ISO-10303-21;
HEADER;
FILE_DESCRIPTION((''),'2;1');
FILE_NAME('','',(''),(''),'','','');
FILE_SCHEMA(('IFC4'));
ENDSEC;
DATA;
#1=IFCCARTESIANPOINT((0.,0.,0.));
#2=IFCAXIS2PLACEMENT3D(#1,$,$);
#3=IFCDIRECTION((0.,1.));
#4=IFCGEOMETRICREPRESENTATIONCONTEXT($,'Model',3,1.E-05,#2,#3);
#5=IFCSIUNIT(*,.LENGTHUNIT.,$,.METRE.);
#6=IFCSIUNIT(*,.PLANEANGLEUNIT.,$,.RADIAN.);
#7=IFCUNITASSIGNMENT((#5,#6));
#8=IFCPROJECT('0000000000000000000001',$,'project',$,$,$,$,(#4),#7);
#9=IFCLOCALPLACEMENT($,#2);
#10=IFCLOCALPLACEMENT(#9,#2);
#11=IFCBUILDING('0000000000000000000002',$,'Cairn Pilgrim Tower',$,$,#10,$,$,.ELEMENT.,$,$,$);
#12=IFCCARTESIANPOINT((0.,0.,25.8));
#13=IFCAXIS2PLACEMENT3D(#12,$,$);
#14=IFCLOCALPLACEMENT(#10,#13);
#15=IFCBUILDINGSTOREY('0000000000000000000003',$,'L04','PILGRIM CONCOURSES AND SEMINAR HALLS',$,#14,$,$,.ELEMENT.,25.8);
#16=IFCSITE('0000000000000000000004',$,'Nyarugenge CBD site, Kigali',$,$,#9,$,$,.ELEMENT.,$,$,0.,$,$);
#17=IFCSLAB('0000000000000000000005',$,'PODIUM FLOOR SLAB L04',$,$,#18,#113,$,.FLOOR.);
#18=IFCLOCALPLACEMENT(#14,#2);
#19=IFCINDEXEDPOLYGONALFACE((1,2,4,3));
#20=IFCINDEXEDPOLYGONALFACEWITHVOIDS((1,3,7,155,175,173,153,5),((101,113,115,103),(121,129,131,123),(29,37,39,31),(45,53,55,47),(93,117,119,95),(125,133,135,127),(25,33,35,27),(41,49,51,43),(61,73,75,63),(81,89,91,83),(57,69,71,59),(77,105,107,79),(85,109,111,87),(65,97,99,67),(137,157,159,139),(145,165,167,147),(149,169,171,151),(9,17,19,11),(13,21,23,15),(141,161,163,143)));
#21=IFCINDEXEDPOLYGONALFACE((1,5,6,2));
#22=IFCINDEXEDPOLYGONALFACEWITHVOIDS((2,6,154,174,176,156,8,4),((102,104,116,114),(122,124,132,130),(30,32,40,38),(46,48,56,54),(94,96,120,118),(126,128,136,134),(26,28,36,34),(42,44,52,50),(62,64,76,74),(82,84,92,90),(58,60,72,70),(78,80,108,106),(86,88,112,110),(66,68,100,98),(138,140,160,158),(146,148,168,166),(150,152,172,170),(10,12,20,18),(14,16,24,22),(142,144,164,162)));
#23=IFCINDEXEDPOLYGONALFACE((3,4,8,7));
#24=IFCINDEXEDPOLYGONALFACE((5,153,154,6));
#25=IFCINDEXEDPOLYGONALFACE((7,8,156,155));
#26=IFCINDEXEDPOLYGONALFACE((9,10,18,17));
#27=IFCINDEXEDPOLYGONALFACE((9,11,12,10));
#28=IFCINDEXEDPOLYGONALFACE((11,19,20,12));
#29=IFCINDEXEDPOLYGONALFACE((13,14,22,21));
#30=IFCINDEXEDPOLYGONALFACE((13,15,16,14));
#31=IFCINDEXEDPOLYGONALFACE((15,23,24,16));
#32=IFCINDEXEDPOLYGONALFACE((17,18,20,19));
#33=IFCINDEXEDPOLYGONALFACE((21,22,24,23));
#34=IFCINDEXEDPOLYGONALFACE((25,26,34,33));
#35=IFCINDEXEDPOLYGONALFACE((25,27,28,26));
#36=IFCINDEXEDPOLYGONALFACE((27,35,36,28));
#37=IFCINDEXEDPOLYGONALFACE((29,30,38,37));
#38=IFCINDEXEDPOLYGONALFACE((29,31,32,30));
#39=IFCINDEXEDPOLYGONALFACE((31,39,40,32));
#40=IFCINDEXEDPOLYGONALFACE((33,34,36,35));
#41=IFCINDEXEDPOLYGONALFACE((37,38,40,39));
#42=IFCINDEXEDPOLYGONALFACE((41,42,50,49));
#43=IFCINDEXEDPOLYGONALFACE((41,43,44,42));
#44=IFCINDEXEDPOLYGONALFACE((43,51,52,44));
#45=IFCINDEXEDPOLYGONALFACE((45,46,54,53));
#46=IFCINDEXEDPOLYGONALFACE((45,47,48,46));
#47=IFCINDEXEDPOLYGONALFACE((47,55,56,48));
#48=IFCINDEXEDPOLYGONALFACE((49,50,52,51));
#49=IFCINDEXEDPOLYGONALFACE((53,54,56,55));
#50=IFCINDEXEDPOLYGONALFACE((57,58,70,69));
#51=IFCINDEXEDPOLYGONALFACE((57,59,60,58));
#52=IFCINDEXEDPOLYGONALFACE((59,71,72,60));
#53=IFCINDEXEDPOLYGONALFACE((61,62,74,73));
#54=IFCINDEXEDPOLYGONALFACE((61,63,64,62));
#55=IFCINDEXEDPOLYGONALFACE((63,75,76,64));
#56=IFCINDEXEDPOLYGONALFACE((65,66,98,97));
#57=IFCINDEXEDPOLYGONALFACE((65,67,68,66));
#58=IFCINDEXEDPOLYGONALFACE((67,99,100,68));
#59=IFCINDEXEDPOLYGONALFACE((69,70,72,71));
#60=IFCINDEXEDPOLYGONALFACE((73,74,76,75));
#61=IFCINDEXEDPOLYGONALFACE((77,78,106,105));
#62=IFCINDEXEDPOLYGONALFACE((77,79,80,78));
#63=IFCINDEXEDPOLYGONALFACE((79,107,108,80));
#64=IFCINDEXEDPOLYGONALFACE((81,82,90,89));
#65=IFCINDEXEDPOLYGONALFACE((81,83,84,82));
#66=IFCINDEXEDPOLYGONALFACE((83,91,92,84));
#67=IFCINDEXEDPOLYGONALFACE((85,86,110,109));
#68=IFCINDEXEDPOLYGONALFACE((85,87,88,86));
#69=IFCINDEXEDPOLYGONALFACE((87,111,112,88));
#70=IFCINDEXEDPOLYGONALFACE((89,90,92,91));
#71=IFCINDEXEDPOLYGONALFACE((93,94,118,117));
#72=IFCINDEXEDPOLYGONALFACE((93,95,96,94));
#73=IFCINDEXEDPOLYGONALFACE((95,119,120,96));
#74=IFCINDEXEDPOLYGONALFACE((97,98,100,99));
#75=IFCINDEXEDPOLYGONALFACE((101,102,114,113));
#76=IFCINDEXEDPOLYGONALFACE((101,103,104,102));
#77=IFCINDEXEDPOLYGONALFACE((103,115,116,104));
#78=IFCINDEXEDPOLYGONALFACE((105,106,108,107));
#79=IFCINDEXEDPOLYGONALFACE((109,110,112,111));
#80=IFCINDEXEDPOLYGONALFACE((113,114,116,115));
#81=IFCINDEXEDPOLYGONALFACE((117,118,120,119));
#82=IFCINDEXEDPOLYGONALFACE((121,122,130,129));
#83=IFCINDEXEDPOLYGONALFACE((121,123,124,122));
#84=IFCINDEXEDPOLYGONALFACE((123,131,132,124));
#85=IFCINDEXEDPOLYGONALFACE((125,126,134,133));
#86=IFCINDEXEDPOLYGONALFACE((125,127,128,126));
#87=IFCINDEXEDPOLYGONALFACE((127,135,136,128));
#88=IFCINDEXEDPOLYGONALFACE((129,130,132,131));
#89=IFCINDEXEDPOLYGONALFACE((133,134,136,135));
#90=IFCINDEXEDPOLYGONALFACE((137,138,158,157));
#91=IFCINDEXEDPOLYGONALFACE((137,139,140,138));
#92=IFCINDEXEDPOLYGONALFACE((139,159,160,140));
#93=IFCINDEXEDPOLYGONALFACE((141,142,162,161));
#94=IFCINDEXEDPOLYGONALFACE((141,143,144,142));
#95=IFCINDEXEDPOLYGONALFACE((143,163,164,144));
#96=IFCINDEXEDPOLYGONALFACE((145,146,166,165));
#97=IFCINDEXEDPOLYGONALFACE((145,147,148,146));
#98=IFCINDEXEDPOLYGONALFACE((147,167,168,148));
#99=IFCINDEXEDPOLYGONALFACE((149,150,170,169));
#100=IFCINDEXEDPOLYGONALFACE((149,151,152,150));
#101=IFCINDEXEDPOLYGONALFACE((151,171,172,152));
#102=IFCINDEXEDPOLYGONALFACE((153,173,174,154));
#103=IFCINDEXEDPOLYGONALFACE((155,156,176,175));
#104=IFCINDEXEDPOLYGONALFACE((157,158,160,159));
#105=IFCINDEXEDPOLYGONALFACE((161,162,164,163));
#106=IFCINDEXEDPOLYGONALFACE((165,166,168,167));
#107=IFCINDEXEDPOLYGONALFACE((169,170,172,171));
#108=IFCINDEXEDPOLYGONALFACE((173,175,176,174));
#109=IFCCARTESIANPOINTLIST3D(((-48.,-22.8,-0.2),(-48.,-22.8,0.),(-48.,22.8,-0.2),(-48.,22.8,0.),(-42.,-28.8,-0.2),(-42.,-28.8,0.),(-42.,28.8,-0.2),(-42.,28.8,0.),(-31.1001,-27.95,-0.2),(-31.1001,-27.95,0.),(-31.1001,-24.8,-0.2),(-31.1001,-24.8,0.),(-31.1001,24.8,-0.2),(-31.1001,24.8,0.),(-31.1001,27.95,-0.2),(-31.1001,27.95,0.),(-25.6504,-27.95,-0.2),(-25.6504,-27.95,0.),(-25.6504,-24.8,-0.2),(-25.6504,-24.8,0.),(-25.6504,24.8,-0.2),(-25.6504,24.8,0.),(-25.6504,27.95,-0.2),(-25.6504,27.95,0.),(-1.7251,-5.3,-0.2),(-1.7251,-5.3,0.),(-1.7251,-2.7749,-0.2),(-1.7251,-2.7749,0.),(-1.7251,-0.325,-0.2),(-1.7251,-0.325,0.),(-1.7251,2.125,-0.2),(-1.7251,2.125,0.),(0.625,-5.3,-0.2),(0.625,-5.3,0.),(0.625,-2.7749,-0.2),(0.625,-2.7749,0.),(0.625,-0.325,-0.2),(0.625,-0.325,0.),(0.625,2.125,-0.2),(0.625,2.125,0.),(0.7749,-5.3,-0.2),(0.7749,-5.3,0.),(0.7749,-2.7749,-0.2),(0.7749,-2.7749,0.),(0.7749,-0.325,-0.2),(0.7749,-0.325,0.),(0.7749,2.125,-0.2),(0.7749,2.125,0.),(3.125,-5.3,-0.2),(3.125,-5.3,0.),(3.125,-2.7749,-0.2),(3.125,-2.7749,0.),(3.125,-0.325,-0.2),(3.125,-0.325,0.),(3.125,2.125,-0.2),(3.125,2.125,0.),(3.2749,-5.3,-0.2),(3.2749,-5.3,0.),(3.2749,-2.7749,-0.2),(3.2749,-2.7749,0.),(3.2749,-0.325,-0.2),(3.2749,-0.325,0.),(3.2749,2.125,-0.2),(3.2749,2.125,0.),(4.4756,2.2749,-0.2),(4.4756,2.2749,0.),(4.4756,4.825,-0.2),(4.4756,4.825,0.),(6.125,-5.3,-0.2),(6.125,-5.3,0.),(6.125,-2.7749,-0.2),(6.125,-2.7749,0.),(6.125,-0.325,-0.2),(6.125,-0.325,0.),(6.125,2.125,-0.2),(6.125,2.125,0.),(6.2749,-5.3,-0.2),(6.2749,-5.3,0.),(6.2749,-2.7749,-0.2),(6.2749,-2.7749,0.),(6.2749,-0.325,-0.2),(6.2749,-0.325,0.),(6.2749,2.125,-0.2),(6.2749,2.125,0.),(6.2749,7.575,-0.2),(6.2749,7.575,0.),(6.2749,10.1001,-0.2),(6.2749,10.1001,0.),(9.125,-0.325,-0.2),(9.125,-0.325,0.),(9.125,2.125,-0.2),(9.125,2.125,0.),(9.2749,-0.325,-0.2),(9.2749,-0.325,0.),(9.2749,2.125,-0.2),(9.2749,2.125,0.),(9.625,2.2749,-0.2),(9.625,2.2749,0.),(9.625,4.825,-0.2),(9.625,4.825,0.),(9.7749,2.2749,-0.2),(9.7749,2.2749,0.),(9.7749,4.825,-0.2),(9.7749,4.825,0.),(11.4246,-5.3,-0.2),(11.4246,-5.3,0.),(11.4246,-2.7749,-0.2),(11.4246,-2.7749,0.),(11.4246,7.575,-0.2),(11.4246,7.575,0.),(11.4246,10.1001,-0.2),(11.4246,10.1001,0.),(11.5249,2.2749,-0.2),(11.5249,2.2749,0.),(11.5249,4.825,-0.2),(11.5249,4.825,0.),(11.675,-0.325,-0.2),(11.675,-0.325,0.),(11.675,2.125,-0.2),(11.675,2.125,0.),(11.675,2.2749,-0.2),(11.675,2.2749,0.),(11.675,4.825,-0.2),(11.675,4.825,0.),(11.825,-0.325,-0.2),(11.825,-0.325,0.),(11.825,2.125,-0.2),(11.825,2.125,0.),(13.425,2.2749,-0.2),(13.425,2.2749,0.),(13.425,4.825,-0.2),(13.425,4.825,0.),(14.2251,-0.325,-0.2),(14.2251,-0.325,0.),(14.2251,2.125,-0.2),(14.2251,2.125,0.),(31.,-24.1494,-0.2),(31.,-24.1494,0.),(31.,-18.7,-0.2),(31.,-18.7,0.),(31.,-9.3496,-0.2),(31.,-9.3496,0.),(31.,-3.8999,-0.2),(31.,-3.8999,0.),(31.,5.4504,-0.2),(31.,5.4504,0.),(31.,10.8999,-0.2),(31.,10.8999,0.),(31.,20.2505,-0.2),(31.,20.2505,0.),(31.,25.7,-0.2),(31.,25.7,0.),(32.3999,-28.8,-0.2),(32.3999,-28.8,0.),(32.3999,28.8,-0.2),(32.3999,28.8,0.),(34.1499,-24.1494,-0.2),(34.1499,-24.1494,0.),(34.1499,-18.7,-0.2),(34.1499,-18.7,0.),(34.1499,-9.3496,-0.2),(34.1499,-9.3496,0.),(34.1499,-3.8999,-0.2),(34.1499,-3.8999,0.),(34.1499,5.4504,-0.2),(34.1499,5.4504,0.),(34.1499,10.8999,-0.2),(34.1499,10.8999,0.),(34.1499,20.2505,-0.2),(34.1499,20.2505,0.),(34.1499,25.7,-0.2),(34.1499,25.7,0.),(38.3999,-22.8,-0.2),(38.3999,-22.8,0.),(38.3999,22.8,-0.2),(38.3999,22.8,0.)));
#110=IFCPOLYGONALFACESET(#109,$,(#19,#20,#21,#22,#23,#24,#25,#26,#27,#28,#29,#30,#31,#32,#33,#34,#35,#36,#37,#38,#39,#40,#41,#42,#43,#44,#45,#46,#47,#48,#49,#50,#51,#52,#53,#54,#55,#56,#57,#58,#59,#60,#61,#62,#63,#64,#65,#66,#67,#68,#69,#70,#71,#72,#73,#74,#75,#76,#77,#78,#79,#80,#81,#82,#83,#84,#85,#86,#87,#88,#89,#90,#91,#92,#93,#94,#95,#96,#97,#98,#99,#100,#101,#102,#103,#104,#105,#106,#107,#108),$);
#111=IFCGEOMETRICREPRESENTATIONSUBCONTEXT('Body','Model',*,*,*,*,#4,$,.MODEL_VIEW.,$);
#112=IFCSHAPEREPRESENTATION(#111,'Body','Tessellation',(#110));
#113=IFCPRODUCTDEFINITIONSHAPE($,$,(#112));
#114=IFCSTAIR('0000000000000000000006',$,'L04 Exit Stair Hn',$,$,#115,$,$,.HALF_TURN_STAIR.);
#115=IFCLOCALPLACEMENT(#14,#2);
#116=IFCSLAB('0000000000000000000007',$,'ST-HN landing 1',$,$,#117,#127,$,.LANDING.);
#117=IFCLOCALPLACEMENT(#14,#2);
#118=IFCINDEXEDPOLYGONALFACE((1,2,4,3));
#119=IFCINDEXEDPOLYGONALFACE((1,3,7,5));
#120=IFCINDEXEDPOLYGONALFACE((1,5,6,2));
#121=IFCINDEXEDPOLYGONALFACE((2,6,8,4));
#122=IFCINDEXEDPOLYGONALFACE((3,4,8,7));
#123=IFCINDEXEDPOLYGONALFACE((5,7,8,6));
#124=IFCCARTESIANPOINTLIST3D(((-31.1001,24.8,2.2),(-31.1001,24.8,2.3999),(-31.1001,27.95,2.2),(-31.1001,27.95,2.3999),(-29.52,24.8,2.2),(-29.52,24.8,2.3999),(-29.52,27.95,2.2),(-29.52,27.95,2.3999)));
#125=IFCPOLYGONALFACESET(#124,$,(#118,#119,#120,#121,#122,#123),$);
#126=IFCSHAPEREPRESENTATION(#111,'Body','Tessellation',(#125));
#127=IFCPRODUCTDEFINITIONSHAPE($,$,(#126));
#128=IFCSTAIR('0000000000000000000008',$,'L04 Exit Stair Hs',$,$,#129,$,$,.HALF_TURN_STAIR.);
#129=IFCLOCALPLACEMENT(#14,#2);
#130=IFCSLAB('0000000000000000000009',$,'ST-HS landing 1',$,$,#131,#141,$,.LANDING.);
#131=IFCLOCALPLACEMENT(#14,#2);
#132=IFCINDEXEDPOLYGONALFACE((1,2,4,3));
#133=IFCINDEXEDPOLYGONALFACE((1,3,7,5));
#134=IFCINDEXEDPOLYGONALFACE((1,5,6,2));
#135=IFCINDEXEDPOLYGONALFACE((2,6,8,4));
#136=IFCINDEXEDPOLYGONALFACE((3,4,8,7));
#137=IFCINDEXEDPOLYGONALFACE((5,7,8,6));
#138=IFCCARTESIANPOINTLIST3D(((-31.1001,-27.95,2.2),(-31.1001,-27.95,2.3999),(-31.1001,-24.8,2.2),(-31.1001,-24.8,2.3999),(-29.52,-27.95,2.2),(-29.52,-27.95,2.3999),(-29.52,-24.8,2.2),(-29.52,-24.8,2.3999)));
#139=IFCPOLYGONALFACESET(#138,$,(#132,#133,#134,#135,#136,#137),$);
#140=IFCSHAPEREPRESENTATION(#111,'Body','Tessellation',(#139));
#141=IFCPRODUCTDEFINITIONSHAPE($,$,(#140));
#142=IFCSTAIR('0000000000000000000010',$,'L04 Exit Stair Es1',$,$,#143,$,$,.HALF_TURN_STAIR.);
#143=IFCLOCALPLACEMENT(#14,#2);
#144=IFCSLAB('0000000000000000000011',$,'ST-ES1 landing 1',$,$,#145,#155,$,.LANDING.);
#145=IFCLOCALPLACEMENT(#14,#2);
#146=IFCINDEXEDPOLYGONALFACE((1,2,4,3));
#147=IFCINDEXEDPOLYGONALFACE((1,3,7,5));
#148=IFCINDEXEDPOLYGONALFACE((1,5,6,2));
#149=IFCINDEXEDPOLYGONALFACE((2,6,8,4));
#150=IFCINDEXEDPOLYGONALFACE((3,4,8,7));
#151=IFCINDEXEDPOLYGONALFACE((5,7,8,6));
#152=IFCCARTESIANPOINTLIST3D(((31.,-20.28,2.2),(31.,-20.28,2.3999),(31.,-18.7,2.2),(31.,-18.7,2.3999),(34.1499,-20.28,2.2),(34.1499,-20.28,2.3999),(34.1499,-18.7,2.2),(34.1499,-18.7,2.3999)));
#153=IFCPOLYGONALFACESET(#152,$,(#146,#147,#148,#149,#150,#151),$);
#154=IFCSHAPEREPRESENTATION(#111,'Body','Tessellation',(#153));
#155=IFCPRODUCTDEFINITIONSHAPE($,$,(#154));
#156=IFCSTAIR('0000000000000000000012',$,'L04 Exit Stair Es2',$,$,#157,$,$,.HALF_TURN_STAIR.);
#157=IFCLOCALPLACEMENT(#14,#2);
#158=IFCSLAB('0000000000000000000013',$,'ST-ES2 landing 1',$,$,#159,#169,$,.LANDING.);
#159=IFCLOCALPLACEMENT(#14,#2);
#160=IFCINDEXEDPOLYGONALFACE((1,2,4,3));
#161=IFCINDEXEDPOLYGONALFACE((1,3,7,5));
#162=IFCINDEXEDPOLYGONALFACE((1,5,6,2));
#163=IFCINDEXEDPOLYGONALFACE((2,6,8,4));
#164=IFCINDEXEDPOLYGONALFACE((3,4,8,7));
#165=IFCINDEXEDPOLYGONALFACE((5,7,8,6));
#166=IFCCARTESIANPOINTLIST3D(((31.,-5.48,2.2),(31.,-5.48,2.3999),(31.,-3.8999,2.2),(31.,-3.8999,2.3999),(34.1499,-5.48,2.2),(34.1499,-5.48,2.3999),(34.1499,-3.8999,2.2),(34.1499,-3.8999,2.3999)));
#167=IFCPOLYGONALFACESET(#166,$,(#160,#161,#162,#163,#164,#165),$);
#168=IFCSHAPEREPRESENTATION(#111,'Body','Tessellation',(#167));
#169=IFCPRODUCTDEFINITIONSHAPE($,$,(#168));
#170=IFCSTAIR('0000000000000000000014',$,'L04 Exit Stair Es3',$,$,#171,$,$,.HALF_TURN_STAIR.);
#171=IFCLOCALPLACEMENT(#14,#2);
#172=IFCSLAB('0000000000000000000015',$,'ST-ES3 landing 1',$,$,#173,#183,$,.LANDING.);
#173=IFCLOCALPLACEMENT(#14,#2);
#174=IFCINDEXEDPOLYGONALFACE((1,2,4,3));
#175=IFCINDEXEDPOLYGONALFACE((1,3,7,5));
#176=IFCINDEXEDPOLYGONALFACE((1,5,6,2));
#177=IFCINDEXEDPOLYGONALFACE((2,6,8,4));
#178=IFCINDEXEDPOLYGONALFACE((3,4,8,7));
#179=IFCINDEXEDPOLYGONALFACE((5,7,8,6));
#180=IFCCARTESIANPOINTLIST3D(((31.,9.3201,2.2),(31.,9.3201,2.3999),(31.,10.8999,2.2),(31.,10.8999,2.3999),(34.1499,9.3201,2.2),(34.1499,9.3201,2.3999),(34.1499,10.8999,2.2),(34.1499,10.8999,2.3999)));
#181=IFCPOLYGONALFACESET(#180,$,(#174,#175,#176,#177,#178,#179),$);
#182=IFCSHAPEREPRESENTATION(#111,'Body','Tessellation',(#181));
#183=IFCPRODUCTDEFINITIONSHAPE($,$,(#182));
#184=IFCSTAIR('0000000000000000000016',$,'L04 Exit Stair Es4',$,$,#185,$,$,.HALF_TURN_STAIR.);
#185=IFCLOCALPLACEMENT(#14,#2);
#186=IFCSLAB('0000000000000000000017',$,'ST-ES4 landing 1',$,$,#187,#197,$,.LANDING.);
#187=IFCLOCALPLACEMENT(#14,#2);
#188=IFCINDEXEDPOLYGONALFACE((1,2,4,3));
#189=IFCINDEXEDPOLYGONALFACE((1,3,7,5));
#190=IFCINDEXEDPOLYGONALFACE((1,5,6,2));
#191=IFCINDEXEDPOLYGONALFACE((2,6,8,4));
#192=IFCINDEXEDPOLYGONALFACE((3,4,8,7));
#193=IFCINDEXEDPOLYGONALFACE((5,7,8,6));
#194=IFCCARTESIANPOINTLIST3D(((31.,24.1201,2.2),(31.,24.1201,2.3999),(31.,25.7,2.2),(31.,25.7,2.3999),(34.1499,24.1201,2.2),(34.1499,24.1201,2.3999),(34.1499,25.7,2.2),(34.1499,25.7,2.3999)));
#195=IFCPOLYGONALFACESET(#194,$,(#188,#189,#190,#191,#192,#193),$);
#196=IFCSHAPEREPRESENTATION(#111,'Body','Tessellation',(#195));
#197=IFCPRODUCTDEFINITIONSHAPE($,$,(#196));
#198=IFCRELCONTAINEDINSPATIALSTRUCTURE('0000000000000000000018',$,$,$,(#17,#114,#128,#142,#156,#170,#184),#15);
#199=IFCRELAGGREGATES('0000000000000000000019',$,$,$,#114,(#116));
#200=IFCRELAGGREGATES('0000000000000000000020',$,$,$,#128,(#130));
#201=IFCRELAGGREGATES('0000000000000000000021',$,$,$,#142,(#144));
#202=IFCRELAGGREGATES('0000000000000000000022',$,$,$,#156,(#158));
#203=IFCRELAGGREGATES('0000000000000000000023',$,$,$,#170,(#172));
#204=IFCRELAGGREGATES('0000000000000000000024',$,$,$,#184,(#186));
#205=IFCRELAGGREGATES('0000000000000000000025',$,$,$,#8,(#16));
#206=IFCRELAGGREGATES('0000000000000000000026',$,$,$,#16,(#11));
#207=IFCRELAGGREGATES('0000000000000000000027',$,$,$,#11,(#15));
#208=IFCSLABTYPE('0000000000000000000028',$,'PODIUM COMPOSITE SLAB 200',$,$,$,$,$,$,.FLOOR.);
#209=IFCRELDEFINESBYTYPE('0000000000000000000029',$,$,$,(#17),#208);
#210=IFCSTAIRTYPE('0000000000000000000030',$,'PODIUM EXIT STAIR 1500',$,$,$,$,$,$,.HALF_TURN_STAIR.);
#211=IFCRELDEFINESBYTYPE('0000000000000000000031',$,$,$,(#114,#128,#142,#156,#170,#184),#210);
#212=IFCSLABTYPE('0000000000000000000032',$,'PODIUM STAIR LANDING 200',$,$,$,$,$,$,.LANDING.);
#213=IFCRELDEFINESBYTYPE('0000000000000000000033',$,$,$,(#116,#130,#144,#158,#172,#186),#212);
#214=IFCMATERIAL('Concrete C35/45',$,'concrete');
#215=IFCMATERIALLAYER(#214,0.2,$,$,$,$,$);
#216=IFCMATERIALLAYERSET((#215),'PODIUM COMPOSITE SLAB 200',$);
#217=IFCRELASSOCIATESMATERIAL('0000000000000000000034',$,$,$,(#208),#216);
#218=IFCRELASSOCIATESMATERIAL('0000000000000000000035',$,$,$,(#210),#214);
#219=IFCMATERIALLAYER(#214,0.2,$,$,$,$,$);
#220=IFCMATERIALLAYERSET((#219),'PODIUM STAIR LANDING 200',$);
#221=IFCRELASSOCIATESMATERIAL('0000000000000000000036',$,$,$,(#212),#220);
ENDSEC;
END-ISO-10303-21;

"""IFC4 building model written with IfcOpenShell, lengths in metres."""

from ifc_helpers import new_model, si_unit, direction, frame, origin, place, context, subcontext, project, spatial, polyline, outline, extrude, material, layer, layer_set, type_object, element, aggregate, save


model = new_model("IFC4")

# Units and contexts
model_context = context("Model", 3, precision=1e-05, world=origin(), true_north=direction((0.0, 1.0)))
body_context = subcontext(model_context, "Body", "Model", "MODEL_VIEW")
ifc_project = project(units=[si_unit("LENGTHUNIT", "METRE"), si_unit("PLANEANGLEUNIT", "RADIAN")], contexts=[model_context])

# Site, building, storey
site_placement = place(None, origin())
site = spatial("IfcSite", under=ifc_project, at=site_placement, Name="Nyarugenge CBD site, Kigali", CompositionType="ELEMENT", RefElevation=0.0)
building_placement = place(site_placement, origin())
building = spatial("IfcBuilding", under=site, at=building_placement, Name="Cairn Pilgrim Tower", CompositionType="ELEMENT")
storey_placement = place(building_placement, frame((0.0, 0.0, 25.8)))
storey = spatial("IfcBuildingStorey", under=building, at=storey_placement, Name="L04", Description="PILGRIM CONCOURSES AND SEMINAR HALLS", CompositionType="ELEMENT", Elevation=25.8)

# Slab
ifc_material_1 = material(Name="Concrete C35/45", Category="concrete")
ifc_layer_1 = layer(ifc_material_1, 0.2)
ifc_layer_set_1 = layer_set([ifc_layer_1], Name="PODIUM COMPOSITE SLAB 200")
slab_type_1 = type_object("IfcSlabType", Name="PODIUM COMPOSITE SLAB 200", PredefinedType="FLOOR", material=ifc_layer_set_1)
slab_1_placement = place(storey_placement, frame((0.0, 0.0, -0.2)))
element("IfcSlab", 1, at=slab_1_placement, inside=storey, type_object=slab_type_1, Name="PODIUM FLOOR SLAB L04", PredefinedType="FLOOR", context=body_context, shape_type="SweptSolid", body=[
    extrude(outline(polyline([(-42.0, 28.8), (-48.0, 22.8), (-48.0, -22.8), (-42.0, -28.8), (32.3999, -28.8), (38.3999, -22.8), (38.3999, 22.8), (32.3999, 28.8), (-42.0, 28.8)]), holes=[polyline([(-1.7251, -2.7749), (0.625, -2.7749), (0.625, -5.3), (-1.7251, -5.3), (-1.7251, -2.7749)]), polyline([(3.125, -2.7749), (3.125, -5.3), (0.7749, -5.3), (0.7749, -2.7749), (3.125, -2.7749)]), polyline([(0.625, -0.325), (-1.7251, -0.325), (-1.7251, 2.125), (0.625, 2.125), (0.625, -0.325)]), polyline([(0.7749, -0.325), (0.7749, 2.125), (3.125, 2.125), (3.125, -0.325), (0.7749, -0.325)]), polyline([(3.2749, -2.7749), (6.125, -2.7749), (6.125, -5.3), (3.2749, -5.3), (3.2749, -2.7749)]), polyline([(6.125, 2.125), (6.125, -0.325), (3.2749, -0.325), (3.2749, 2.125), (6.125, 2.125)]), polyline([(9.125, -0.325), (6.2749, -0.325), (6.2749, 2.125), (9.125, 2.125), (9.125, -0.325)]), polyline([(9.2749, -0.325), (9.2749, 2.125), (11.675, 2.125), (11.675, -0.325), (9.2749, -0.325)]), polyline([(11.825, 2.125), (14.2251, 2.125), (14.2251, -0.325), (11.825, -0.325), (11.825, 2.125)]), polyline([(11.5249, 4.825), (11.5249, 2.2749), (9.7749, 2.2749), (9.7749, 4.825), (11.5249, 4.825)]), polyline([(13.425, 2.2749), (11.675, 2.2749), (11.675, 4.825), (13.425, 4.825), (13.425, 2.2749)]), polyline([(11.4246, -2.7749), (11.4246, -5.3), (6.2749, -5.3), (6.2749, -2.7749), (11.4246, -2.7749)]), polyline([(4.4756, 4.825), (9.625, 4.825), (9.625, 2.2749), (4.4756, 2.2749), (4.4756, 4.825)]), polyline([(6.2749, 7.575), (6.2749, 10.1001), (11.4246, 10.1001), (11.4246, 7.575), (6.2749, 7.575)]), polyline([(-31.1001, 27.95), (-25.6504, 27.95), (-25.6504, 24.8), (-31.1001, 24.8), (-31.1001, 27.95)]), polyline([(-25.6504, -24.8), (-25.6504, -27.95), (-31.1001, -27.95), (-31.1001, -24.8), (-25.6504, -24.8)]), polyline([(31.0, -24.1494), (31.0, -18.7), (34.1499, -18.7), (34.1499, -24.1494), (31.0, -24.1494)]), polyline([(31.0, -3.8999), (34.1499, -3.8999), (34.1499, -9.3496), (31.0, -9.3496), (31.0, -3.8999)]), polyline([(34.1499, 10.8999), (34.1499, 5.4504), (31.0, 5.4504), (31.0, 10.8999), (34.1499, 10.8999)]), polyline([(34.1499, 20.2505), (31.0, 20.2505), (31.0, 25.7), (34.1499, 25.7), (34.1499, 20.2505)])]), origin(), (0.0, 0.0, 1.0), 0.2),
])

# Stairs, slabs
stair_type = type_object("IfcStairType", Name="PODIUM EXIT STAIR 1500", PredefinedType="HALF_TURN_STAIR", material=ifc_material_1)
stair_1_placement = place(storey_placement, origin())
stair_1 = element("IfcStair", 2, at=stair_1_placement, inside=storey, type_object=stair_type, Name="L04 Exit Stair Hn", PredefinedType="HALF_TURN_STAIR")
ifc_layer_2 = layer(ifc_material_1, 0.2)
ifc_layer_set_2 = layer_set([ifc_layer_2], Name="PODIUM STAIR LANDING 200")
slab_type_2 = type_object("IfcSlabType", Name="PODIUM STAIR LANDING 200", PredefinedType="LANDING", material=ifc_layer_set_2)
slab_2_placement = place(storey_placement, frame((0.0, 0.0, 2.2)))
slab_2 = element("IfcSlab", 3, at=slab_2_placement, type_object=slab_type_2, Name="ST-HN landing 1", PredefinedType="LANDING", context=body_context, shape_type="SweptSolid", body=[
    extrude(outline(polyline([(-29.52, 27.95), (-31.1001, 27.95), (-31.1001, 24.8), (-29.52, 24.8), (-29.52, 27.95)])), origin(), (0.0, 0.0, 1.0), 0.2),
])
aggregate(stair_1, [slab_2])
stair_2_placement = place(storey_placement, origin())
stair_2 = element("IfcStair", 4, at=stair_2_placement, inside=storey, type_object=stair_type, Name="L04 Exit Stair Hs", PredefinedType="HALF_TURN_STAIR")
slab_3_placement = place(storey_placement, frame((0.0, 0.0, 2.2)))
slab_3 = element("IfcSlab", 5, at=slab_3_placement, type_object=slab_type_2, Name="ST-HS landing 1", PredefinedType="LANDING", context=body_context, shape_type="SweptSolid", body=[
    extrude(outline(polyline([(-29.52, -24.8), (-31.1001, -24.8), (-31.1001, -27.95), (-29.52, -27.95), (-29.52, -24.8)])), origin(), (0.0, 0.0, 1.0), 0.2),
])
aggregate(stair_2, [slab_3])
stair_3_placement = place(storey_placement, origin())
stair_3 = element("IfcStair", 6, at=stair_3_placement, inside=storey, type_object=stair_type, Name="L04 Exit Stair Es1", PredefinedType="HALF_TURN_STAIR")
slab_4_placement = place(storey_placement, frame((0.0, 0.0, 2.2)))
slab_4 = element("IfcSlab", 7, at=slab_4_placement, type_object=slab_type_2, Name="ST-ES1 landing 1", PredefinedType="LANDING", context=body_context, shape_type="SweptSolid", body=[
    extrude(outline(polyline([(34.1499, -20.28), (34.1499, -18.7), (31.0, -18.7), (31.0, -20.28), (34.1499, -20.28)])), origin(), (0.0, 0.0, 1.0), 0.2),
])
aggregate(stair_3, [slab_4])
stair_4_placement = place(storey_placement, origin())
stair_4 = element("IfcStair", 8, at=stair_4_placement, inside=storey, type_object=stair_type, Name="L04 Exit Stair Es2", PredefinedType="HALF_TURN_STAIR")
slab_5_placement = place(storey_placement, frame((0.0, 0.0, 2.2)))
slab_5 = element("IfcSlab", 9, at=slab_5_placement, type_object=slab_type_2, Name="ST-ES2 landing 1", PredefinedType="LANDING", context=body_context, shape_type="SweptSolid", body=[
    extrude(outline(polyline([(34.1499, -5.48), (34.1499, -3.8999), (31.0, -3.8999), (31.0, -5.48), (34.1499, -5.48)])), origin(), (0.0, 0.0, 1.0), 0.2),
])
aggregate(stair_4, [slab_5])
stair_5_placement = place(storey_placement, origin())
stair_5 = element("IfcStair", 10, at=stair_5_placement, inside=storey, type_object=stair_type, Name="L04 Exit Stair Es3", PredefinedType="HALF_TURN_STAIR")
slab_6_placement = place(storey_placement, frame((0.0, 0.0, 2.2)))
slab_6 = element("IfcSlab", 11, at=slab_6_placement, type_object=slab_type_2, Name="ST-ES3 landing 1", PredefinedType="LANDING", context=body_context, shape_type="SweptSolid", body=[
    extrude(outline(polyline([(34.1499, 9.3201), (34.1499, 10.8999), (31.0, 10.8999), (31.0, 9.3201), (34.1499, 9.3201)])), origin(), (0.0, 0.0, 1.0), 0.2),
])
aggregate(stair_5, [slab_6])
stair_6_placement = place(storey_placement, origin())
stair_6 = element("IfcStair", 12, at=stair_6_placement, inside=storey, type_object=stair_type, Name="L04 Exit Stair Es4", PredefinedType="HALF_TURN_STAIR")
slab_7_placement = place(storey_placement, frame((0.0, 0.0, 2.2)))
slab_7 = element("IfcSlab", 13, at=slab_7_placement, type_object=slab_type_2, Name="ST-ES4 landing 1", PredefinedType="LANDING", context=body_context, shape_type="SweptSolid", body=[
    extrude(outline(polyline([(34.1499, 24.1201), (34.1499, 25.7), (31.0, 25.7), (31.0, 24.1201), (34.1499, 24.1201)])), origin(), (0.0, 0.0, 1.0), 0.2),
])
aggregate(stair_6, [slab_7])

save(model, "model.ifc")
